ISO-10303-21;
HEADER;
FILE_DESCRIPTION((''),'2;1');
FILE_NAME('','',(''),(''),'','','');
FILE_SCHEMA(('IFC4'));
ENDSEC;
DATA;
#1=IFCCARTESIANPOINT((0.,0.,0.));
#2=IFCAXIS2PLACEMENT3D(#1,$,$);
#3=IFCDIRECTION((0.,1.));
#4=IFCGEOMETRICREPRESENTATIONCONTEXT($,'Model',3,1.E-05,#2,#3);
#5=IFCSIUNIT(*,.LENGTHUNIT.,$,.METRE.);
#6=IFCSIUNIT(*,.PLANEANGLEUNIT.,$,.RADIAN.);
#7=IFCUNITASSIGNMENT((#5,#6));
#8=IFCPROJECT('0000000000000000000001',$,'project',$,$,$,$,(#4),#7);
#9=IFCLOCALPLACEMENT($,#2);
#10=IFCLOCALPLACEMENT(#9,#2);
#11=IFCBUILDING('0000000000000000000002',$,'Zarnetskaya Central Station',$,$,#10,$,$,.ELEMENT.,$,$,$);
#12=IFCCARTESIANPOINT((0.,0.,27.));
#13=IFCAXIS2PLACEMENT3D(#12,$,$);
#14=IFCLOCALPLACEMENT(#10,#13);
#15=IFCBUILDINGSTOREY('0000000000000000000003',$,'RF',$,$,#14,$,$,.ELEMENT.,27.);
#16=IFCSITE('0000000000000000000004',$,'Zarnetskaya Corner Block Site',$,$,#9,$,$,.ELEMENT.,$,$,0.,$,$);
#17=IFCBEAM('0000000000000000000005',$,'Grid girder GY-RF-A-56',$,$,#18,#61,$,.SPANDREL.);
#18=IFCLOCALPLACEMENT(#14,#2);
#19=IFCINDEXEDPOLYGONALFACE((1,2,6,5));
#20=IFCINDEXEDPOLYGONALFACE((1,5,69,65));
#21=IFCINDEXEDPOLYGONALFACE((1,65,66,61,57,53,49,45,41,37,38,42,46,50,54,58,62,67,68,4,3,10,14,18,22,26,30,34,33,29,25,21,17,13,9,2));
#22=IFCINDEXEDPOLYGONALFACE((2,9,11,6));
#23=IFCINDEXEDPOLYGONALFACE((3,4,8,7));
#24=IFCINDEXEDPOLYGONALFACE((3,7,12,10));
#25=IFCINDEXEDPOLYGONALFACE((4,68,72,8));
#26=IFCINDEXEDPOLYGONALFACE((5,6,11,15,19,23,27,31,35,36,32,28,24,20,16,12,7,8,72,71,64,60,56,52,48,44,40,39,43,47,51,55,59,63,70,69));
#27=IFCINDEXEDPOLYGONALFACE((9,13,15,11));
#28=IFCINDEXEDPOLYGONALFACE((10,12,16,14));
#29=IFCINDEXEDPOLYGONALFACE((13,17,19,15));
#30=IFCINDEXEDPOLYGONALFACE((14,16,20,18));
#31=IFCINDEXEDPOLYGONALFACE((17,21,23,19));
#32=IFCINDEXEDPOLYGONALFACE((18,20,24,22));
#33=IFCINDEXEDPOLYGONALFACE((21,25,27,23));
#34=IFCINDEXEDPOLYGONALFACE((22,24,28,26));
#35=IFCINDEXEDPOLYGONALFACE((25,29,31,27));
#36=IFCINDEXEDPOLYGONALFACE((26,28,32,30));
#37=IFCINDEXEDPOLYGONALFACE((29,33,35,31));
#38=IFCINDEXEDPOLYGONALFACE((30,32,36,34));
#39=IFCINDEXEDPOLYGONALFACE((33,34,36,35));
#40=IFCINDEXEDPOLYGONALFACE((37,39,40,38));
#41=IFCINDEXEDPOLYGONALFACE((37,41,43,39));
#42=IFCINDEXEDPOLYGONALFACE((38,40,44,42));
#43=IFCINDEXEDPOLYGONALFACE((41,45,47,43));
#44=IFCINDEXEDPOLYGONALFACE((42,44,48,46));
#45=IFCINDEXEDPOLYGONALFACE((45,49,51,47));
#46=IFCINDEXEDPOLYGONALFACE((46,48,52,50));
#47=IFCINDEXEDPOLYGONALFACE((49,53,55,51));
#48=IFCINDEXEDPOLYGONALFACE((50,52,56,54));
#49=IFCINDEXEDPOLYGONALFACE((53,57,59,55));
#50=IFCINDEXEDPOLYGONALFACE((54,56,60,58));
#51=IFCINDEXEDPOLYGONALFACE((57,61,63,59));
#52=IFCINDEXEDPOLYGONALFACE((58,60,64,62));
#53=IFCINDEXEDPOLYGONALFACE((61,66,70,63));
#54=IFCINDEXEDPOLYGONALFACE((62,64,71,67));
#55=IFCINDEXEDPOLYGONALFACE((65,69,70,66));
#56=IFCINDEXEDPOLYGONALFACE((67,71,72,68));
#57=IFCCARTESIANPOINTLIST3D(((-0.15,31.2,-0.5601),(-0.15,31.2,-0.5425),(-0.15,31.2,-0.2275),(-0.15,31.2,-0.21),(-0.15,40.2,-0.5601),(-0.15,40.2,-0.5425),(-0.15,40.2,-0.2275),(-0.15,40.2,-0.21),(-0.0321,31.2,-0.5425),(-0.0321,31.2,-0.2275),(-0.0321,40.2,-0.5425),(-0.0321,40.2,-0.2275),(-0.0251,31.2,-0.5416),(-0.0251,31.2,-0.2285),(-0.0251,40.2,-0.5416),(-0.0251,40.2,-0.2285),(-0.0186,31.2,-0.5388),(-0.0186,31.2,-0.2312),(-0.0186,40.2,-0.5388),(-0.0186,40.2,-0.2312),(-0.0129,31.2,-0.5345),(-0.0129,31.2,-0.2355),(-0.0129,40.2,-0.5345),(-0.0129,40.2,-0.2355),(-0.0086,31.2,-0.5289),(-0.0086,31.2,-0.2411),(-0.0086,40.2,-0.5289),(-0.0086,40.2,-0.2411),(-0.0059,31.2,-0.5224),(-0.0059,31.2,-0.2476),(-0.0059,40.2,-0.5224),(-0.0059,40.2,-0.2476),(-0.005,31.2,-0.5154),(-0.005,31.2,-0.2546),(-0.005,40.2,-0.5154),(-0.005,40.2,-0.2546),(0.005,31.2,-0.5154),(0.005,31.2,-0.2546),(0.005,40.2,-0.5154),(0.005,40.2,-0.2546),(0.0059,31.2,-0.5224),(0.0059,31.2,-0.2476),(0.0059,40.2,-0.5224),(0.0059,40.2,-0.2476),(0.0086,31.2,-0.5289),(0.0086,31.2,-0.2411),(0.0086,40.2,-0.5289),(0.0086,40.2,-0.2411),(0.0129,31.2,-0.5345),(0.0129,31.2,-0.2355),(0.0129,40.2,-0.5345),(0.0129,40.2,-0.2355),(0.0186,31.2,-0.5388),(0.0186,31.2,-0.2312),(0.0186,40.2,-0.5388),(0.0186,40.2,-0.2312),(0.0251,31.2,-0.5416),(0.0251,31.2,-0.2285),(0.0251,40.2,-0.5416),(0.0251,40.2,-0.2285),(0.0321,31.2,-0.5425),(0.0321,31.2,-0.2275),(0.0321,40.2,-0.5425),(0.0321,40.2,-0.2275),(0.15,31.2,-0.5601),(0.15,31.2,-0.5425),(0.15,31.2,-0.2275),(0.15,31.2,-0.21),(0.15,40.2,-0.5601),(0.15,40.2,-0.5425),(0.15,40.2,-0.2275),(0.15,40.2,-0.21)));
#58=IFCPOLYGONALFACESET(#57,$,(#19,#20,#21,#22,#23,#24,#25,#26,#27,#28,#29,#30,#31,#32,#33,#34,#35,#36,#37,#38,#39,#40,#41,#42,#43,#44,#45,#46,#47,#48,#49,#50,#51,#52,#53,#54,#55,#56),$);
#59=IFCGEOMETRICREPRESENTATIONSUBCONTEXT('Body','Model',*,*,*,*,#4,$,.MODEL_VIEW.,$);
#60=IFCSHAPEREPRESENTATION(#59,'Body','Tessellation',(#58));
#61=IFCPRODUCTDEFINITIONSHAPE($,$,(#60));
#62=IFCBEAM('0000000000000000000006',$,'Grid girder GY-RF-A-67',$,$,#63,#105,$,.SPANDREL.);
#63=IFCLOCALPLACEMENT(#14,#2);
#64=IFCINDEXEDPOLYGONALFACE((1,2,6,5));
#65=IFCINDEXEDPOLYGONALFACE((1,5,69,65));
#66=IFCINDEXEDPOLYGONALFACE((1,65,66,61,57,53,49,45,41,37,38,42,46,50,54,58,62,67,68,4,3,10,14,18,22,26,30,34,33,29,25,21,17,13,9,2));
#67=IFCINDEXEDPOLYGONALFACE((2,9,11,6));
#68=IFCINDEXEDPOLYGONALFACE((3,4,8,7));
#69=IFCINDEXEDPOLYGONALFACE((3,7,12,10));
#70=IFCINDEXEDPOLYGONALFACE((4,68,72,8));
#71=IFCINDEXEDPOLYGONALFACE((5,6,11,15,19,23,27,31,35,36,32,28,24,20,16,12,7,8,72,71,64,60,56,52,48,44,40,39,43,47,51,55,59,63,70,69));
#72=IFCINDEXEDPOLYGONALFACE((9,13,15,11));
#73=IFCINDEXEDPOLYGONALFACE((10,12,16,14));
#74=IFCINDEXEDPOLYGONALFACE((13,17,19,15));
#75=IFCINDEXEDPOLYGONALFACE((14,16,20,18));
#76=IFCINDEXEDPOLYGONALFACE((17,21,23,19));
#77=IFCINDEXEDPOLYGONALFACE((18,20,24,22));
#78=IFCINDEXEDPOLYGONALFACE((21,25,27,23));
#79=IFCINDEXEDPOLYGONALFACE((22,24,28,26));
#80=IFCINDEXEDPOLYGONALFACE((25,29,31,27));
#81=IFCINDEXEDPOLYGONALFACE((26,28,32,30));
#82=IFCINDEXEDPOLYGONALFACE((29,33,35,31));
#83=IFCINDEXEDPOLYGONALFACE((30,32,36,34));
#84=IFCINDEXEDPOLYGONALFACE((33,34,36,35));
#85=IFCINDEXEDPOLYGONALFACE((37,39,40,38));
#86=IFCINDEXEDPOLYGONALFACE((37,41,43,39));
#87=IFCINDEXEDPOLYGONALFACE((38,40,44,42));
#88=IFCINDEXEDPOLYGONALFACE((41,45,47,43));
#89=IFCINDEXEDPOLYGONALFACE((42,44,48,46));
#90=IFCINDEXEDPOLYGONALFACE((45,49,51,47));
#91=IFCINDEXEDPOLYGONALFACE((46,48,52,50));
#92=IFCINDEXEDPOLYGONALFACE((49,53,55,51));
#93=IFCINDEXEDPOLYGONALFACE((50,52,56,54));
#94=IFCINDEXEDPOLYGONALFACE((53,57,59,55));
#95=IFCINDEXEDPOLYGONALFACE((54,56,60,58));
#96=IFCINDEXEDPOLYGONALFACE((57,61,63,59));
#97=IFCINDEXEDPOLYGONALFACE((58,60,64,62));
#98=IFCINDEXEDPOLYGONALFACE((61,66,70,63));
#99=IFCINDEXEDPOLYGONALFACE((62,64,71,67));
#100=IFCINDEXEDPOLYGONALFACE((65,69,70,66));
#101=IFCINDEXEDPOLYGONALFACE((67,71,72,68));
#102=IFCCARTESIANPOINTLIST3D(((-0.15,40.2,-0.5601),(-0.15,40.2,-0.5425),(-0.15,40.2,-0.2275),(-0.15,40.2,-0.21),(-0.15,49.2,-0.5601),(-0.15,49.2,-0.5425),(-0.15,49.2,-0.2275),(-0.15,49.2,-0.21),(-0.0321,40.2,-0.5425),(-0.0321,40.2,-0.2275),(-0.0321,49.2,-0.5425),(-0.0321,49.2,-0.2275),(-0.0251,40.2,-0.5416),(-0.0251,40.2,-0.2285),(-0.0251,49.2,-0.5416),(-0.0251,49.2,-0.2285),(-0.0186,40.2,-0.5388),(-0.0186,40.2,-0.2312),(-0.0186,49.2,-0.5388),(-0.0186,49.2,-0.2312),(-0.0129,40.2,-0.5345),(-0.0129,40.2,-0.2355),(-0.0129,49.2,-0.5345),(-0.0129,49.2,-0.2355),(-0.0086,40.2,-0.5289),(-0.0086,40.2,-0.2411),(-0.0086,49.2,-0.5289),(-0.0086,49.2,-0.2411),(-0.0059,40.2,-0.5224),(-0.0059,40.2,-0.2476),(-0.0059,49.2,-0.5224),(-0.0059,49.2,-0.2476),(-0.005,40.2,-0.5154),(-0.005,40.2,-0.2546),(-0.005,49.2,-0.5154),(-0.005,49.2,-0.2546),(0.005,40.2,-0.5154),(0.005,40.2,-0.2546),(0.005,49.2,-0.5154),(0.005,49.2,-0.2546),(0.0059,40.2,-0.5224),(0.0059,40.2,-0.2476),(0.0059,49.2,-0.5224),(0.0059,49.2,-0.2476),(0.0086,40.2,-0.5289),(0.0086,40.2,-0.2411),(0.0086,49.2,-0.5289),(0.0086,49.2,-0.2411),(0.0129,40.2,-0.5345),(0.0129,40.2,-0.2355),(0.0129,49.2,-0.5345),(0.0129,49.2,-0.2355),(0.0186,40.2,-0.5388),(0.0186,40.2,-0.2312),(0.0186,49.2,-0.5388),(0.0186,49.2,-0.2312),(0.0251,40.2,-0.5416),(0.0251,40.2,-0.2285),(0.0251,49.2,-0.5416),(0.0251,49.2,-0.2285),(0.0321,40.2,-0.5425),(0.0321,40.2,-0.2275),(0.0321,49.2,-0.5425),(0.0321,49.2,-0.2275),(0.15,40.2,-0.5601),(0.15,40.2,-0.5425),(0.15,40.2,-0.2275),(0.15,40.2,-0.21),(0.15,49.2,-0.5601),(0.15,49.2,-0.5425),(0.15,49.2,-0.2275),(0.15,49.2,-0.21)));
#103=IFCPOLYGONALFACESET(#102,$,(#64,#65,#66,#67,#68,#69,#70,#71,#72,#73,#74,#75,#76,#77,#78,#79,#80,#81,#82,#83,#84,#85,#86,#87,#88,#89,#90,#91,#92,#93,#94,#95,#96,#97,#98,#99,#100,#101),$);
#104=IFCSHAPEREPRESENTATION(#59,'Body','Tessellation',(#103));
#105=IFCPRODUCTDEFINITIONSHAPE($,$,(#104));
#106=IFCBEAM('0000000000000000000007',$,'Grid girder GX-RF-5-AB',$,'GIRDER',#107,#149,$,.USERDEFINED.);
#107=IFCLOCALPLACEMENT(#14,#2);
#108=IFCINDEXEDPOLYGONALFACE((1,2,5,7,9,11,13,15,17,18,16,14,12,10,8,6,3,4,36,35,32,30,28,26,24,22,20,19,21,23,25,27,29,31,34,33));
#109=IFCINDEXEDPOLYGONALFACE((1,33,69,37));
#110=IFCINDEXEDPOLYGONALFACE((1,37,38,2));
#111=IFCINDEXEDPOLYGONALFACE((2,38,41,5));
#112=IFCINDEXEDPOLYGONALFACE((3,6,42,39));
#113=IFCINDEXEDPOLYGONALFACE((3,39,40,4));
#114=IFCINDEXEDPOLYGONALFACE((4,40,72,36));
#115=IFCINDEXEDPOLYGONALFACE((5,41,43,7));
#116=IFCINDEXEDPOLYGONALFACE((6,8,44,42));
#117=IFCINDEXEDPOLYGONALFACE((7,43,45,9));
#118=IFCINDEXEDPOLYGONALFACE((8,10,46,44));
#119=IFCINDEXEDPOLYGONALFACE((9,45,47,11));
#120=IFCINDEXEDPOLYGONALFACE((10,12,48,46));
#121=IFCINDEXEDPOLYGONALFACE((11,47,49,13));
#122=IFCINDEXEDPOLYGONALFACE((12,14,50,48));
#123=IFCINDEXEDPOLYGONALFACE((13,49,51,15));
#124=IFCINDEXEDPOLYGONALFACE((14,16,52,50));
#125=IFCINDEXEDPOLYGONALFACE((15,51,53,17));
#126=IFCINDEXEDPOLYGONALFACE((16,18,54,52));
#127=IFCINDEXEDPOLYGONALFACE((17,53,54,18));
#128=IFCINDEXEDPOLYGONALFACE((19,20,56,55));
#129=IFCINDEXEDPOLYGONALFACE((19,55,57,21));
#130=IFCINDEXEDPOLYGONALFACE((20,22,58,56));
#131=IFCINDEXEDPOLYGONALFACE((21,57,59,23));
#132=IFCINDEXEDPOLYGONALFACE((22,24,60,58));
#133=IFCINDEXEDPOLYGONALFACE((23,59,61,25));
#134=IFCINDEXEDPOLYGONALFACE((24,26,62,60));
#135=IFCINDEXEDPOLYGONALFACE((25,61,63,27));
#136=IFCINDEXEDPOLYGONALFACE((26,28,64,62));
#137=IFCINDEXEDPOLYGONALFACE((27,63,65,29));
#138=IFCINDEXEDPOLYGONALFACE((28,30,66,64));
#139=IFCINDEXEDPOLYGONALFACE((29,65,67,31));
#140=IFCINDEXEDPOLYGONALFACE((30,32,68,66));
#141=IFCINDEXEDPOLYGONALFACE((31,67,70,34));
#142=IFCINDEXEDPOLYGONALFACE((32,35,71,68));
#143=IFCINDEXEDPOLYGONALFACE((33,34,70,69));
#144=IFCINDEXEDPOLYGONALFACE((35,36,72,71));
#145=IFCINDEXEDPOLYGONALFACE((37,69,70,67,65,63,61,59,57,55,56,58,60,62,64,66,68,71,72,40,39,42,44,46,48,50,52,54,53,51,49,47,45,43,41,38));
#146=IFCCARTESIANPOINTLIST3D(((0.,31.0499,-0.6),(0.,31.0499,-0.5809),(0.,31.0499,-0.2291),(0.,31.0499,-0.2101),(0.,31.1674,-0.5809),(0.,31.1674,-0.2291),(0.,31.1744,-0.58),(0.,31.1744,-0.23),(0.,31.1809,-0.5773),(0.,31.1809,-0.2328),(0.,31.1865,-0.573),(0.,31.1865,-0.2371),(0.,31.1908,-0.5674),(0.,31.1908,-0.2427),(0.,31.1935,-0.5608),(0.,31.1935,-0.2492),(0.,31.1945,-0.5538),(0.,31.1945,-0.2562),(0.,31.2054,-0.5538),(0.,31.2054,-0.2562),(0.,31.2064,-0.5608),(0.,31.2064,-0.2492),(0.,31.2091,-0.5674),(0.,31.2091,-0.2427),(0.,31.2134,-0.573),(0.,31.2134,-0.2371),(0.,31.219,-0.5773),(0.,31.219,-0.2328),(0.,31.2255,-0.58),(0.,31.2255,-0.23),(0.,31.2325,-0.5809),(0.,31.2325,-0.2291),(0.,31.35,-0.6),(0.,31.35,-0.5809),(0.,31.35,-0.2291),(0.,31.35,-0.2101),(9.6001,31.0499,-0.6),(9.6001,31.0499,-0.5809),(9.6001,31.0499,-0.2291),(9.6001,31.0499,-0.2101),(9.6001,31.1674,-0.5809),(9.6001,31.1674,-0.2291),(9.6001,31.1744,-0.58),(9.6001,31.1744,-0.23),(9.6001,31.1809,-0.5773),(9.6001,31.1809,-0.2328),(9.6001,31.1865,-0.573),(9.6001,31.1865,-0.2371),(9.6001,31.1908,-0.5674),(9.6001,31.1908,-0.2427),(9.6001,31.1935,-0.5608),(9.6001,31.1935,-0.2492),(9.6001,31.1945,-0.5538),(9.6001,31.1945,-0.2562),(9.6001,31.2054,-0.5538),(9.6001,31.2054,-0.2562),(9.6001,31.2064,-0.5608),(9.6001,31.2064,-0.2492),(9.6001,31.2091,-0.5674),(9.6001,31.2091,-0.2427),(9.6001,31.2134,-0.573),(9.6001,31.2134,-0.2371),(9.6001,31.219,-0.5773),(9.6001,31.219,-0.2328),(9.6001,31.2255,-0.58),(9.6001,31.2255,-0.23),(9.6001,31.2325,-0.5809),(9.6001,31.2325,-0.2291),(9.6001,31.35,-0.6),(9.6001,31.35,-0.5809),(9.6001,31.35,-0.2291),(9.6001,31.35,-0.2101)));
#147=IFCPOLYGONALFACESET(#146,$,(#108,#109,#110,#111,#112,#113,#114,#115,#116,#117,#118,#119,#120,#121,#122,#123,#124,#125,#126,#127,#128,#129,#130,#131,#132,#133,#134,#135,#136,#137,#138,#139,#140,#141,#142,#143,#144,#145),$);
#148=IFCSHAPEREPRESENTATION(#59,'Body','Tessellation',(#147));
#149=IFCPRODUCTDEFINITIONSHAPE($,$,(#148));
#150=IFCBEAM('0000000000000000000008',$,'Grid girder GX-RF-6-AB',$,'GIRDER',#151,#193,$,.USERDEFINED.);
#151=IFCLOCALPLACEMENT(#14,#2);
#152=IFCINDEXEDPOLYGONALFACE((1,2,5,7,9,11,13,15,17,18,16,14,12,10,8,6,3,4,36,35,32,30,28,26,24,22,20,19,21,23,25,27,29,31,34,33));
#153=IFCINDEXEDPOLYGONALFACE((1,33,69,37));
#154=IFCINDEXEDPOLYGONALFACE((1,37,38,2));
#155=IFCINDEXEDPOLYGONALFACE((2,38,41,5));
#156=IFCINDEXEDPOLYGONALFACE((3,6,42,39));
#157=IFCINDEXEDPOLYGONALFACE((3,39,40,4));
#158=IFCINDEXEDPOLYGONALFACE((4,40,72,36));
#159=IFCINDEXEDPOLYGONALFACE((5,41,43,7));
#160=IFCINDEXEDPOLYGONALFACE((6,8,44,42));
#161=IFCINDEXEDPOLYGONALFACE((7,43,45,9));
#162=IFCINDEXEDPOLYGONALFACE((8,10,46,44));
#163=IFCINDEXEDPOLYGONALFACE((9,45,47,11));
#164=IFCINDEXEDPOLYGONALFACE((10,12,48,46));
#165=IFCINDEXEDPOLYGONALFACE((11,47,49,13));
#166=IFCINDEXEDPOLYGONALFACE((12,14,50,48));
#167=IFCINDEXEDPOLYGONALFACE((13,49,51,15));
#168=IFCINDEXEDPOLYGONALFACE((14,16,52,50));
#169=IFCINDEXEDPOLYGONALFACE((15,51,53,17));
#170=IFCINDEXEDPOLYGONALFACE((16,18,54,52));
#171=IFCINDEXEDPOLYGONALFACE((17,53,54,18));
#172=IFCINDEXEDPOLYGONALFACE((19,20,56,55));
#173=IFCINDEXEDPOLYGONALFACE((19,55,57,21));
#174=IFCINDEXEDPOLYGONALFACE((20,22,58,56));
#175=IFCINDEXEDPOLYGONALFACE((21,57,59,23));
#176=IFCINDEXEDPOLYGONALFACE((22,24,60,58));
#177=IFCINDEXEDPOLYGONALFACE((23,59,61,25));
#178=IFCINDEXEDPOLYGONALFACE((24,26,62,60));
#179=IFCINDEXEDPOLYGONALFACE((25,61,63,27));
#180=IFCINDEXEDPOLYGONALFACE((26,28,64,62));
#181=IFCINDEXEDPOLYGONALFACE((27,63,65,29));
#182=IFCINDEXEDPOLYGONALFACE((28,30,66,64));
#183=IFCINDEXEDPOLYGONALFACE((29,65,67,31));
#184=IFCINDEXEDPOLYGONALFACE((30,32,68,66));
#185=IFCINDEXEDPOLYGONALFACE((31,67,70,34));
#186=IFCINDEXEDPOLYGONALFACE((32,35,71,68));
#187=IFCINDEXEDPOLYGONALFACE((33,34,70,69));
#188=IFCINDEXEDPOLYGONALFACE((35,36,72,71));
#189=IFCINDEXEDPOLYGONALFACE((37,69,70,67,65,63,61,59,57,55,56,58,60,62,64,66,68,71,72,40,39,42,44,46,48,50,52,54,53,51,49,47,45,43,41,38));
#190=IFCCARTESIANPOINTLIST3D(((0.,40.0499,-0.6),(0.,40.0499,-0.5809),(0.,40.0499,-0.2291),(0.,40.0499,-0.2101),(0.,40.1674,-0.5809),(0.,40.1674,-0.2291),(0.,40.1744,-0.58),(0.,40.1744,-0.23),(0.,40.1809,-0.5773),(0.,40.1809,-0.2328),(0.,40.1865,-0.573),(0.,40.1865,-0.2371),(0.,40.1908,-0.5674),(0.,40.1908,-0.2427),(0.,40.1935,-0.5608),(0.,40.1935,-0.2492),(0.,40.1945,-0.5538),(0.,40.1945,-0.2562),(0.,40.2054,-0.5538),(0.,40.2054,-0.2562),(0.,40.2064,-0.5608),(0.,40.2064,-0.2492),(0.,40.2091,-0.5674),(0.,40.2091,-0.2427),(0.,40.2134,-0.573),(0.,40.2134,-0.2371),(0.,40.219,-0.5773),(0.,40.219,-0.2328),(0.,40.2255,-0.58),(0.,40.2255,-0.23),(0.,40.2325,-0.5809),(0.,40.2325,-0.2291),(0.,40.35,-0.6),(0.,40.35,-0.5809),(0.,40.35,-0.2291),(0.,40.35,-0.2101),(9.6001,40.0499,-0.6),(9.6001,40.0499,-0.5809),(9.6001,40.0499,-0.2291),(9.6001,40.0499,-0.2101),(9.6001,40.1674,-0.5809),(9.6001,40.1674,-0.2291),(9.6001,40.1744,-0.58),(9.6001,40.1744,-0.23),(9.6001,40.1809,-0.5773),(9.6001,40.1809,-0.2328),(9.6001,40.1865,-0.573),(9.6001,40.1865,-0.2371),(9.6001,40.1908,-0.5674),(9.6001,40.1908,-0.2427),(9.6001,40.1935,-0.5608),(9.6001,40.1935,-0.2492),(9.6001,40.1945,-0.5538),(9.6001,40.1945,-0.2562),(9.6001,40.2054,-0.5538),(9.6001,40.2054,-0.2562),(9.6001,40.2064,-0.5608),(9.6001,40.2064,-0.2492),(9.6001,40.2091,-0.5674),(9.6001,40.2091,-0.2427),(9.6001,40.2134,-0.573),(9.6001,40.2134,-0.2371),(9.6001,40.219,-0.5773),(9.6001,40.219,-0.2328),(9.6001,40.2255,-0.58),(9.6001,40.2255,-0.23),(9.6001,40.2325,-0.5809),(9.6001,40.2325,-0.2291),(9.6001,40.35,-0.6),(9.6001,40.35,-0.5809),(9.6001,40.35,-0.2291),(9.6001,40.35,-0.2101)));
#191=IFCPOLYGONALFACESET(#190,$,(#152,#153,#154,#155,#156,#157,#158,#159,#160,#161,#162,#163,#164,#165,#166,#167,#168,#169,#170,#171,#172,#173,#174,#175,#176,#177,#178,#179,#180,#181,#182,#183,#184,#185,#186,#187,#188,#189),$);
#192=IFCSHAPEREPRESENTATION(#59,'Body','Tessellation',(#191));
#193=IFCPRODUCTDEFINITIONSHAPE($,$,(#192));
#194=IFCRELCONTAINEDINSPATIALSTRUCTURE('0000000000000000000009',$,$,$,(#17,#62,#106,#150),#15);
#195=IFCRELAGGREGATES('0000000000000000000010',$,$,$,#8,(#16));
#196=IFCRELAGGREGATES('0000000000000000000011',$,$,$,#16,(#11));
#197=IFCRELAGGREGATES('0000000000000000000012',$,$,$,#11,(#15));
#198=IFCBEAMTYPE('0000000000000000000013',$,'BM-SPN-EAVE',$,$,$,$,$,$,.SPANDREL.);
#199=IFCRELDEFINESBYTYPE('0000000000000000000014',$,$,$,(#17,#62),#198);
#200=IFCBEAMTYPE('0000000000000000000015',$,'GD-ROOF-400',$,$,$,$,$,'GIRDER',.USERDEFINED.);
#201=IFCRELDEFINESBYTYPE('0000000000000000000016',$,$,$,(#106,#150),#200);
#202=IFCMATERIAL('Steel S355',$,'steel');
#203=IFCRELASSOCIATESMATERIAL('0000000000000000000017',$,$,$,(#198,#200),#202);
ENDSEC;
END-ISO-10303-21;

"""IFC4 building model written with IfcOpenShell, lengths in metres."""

from ifc_helpers import new_model, si_unit, direction, frame, origin, origin_2d, place, context, subcontext, project, spatial, i_section, extrude, material, material_profile, profile_set, type_object, element, save


model = new_model("IFC4")

# Units and contexts
model_context = context("Model", 3, precision=1e-05, world=origin(), true_north=direction((0.0, 1.0)))
body_context = subcontext(model_context, "Body", "Model", "MODEL_VIEW")
ifc_project = project(units=[si_unit("LENGTHUNIT", "METRE"), si_unit("PLANEANGLEUNIT", "RADIAN")], contexts=[model_context])

# Site, building, storey
site_placement = place(None, origin())
site = spatial("IfcSite", under=ifc_project, at=site_placement, Name="Zarnetskaya Corner Block Site", CompositionType="ELEMENT", RefElevation=0.0)
building_placement = place(site_placement, origin())
building = spatial("IfcBuilding", under=site, at=building_placement, Name="Zarnetskaya Central Station", CompositionType="ELEMENT")
storey_placement = place(building_placement, frame((0.0, 0.0, 27.0)))
storey = spatial("IfcBuildingStorey", under=building, at=storey_placement, Name="RF", CompositionType="ELEMENT", Elevation=27.0)

# Beams
ifc_material_1 = material(Name="Steel S355", Category="steel")
ifc_material_profile_1 = material_profile(ifc_material_1, i_section(OverallWidth=0.3, OverallDepth=0.3501, WebThickness=0.01, FlangeThickness=0.0176, FilletRadius=0.0271, at=origin_2d()), Name="HEA 360")
ifc_profile_set_1 = profile_set([ifc_material_profile_1], Name="Steel S355")
beam_type_1 = type_object("IfcBeamType", Name="BM-SPN-EAVE", PredefinedType="SPANDREL", material=ifc_profile_set_1)
for number, where, z_axis, x_axis, name in (
    (1, (0.0, 31.2, -0.385), (0.0, 1.0, 0.0), (-1.0, 0.0, 0.0), "Grid girder GY-RF-A-56"),
    (2, (0.0, 40.2, -0.385), (0.0, 1.0, 0.0), (-1.0, 0.0, 0.0), "Grid girder GY-RF-A-67"),
):
    element("IfcBeam", number, at=place(storey_placement, frame(where, z_axis=z_axis, x_axis=x_axis)), inside=storey, type_object=beam_type_1, Name=name, PredefinedType="SPANDREL", context=body_context, shape_type="SweptSolid", body=[
        extrude(i_section(OverallWidth=0.3, OverallDepth=0.3501, WebThickness=0.01, FlangeThickness=0.0176, FilletRadius=0.0271, at=origin_2d()), origin(), (0.0, 0.0, 1.0), 9.0),
    ])
ifc_material_profile_2 = material_profile(ifc_material_1, i_section(OverallWidth=0.3, OverallDepth=0.3899, WebThickness=0.011, FlangeThickness=0.019, FilletRadius=0.0271, at=origin_2d()), Name="HEA 400")
ifc_profile_set_2 = profile_set([ifc_material_profile_2], Name="Steel S355")
beam_type_2 = type_object("IfcBeamType", Name="GD-ROOF-400", ElementType="GIRDER", PredefinedType="USERDEFINED", material=ifc_profile_set_2)
for number, where, z_axis, x_axis, name in (
    (3, (0.0, 31.2, -0.405), (1.0, 0.0, 0.0), (0.0, 1.0, 0.0), "Grid girder GX-RF-5-AB"),
    (4, (0.0, 40.2, -0.405), (1.0, 0.0, 0.0), (0.0, 1.0, 0.0), "Grid girder GX-RF-6-AB"),
):
    element("IfcBeam", number, at=place(storey_placement, frame(where, z_axis=z_axis, x_axis=x_axis)), inside=storey, type_object=beam_type_2, Name=name, ObjectType="GIRDER", PredefinedType="USERDEFINED", context=body_context, shape_type="SweptSolid", body=[
        extrude(i_section(OverallWidth=0.3, OverallDepth=0.3899, WebThickness=0.011, FlangeThickness=0.019, FilletRadius=0.0271, at=origin_2d()), origin(), (0.0, 0.0, 1.0), 9.6001),
    ])

save(model, "model.ifc")
